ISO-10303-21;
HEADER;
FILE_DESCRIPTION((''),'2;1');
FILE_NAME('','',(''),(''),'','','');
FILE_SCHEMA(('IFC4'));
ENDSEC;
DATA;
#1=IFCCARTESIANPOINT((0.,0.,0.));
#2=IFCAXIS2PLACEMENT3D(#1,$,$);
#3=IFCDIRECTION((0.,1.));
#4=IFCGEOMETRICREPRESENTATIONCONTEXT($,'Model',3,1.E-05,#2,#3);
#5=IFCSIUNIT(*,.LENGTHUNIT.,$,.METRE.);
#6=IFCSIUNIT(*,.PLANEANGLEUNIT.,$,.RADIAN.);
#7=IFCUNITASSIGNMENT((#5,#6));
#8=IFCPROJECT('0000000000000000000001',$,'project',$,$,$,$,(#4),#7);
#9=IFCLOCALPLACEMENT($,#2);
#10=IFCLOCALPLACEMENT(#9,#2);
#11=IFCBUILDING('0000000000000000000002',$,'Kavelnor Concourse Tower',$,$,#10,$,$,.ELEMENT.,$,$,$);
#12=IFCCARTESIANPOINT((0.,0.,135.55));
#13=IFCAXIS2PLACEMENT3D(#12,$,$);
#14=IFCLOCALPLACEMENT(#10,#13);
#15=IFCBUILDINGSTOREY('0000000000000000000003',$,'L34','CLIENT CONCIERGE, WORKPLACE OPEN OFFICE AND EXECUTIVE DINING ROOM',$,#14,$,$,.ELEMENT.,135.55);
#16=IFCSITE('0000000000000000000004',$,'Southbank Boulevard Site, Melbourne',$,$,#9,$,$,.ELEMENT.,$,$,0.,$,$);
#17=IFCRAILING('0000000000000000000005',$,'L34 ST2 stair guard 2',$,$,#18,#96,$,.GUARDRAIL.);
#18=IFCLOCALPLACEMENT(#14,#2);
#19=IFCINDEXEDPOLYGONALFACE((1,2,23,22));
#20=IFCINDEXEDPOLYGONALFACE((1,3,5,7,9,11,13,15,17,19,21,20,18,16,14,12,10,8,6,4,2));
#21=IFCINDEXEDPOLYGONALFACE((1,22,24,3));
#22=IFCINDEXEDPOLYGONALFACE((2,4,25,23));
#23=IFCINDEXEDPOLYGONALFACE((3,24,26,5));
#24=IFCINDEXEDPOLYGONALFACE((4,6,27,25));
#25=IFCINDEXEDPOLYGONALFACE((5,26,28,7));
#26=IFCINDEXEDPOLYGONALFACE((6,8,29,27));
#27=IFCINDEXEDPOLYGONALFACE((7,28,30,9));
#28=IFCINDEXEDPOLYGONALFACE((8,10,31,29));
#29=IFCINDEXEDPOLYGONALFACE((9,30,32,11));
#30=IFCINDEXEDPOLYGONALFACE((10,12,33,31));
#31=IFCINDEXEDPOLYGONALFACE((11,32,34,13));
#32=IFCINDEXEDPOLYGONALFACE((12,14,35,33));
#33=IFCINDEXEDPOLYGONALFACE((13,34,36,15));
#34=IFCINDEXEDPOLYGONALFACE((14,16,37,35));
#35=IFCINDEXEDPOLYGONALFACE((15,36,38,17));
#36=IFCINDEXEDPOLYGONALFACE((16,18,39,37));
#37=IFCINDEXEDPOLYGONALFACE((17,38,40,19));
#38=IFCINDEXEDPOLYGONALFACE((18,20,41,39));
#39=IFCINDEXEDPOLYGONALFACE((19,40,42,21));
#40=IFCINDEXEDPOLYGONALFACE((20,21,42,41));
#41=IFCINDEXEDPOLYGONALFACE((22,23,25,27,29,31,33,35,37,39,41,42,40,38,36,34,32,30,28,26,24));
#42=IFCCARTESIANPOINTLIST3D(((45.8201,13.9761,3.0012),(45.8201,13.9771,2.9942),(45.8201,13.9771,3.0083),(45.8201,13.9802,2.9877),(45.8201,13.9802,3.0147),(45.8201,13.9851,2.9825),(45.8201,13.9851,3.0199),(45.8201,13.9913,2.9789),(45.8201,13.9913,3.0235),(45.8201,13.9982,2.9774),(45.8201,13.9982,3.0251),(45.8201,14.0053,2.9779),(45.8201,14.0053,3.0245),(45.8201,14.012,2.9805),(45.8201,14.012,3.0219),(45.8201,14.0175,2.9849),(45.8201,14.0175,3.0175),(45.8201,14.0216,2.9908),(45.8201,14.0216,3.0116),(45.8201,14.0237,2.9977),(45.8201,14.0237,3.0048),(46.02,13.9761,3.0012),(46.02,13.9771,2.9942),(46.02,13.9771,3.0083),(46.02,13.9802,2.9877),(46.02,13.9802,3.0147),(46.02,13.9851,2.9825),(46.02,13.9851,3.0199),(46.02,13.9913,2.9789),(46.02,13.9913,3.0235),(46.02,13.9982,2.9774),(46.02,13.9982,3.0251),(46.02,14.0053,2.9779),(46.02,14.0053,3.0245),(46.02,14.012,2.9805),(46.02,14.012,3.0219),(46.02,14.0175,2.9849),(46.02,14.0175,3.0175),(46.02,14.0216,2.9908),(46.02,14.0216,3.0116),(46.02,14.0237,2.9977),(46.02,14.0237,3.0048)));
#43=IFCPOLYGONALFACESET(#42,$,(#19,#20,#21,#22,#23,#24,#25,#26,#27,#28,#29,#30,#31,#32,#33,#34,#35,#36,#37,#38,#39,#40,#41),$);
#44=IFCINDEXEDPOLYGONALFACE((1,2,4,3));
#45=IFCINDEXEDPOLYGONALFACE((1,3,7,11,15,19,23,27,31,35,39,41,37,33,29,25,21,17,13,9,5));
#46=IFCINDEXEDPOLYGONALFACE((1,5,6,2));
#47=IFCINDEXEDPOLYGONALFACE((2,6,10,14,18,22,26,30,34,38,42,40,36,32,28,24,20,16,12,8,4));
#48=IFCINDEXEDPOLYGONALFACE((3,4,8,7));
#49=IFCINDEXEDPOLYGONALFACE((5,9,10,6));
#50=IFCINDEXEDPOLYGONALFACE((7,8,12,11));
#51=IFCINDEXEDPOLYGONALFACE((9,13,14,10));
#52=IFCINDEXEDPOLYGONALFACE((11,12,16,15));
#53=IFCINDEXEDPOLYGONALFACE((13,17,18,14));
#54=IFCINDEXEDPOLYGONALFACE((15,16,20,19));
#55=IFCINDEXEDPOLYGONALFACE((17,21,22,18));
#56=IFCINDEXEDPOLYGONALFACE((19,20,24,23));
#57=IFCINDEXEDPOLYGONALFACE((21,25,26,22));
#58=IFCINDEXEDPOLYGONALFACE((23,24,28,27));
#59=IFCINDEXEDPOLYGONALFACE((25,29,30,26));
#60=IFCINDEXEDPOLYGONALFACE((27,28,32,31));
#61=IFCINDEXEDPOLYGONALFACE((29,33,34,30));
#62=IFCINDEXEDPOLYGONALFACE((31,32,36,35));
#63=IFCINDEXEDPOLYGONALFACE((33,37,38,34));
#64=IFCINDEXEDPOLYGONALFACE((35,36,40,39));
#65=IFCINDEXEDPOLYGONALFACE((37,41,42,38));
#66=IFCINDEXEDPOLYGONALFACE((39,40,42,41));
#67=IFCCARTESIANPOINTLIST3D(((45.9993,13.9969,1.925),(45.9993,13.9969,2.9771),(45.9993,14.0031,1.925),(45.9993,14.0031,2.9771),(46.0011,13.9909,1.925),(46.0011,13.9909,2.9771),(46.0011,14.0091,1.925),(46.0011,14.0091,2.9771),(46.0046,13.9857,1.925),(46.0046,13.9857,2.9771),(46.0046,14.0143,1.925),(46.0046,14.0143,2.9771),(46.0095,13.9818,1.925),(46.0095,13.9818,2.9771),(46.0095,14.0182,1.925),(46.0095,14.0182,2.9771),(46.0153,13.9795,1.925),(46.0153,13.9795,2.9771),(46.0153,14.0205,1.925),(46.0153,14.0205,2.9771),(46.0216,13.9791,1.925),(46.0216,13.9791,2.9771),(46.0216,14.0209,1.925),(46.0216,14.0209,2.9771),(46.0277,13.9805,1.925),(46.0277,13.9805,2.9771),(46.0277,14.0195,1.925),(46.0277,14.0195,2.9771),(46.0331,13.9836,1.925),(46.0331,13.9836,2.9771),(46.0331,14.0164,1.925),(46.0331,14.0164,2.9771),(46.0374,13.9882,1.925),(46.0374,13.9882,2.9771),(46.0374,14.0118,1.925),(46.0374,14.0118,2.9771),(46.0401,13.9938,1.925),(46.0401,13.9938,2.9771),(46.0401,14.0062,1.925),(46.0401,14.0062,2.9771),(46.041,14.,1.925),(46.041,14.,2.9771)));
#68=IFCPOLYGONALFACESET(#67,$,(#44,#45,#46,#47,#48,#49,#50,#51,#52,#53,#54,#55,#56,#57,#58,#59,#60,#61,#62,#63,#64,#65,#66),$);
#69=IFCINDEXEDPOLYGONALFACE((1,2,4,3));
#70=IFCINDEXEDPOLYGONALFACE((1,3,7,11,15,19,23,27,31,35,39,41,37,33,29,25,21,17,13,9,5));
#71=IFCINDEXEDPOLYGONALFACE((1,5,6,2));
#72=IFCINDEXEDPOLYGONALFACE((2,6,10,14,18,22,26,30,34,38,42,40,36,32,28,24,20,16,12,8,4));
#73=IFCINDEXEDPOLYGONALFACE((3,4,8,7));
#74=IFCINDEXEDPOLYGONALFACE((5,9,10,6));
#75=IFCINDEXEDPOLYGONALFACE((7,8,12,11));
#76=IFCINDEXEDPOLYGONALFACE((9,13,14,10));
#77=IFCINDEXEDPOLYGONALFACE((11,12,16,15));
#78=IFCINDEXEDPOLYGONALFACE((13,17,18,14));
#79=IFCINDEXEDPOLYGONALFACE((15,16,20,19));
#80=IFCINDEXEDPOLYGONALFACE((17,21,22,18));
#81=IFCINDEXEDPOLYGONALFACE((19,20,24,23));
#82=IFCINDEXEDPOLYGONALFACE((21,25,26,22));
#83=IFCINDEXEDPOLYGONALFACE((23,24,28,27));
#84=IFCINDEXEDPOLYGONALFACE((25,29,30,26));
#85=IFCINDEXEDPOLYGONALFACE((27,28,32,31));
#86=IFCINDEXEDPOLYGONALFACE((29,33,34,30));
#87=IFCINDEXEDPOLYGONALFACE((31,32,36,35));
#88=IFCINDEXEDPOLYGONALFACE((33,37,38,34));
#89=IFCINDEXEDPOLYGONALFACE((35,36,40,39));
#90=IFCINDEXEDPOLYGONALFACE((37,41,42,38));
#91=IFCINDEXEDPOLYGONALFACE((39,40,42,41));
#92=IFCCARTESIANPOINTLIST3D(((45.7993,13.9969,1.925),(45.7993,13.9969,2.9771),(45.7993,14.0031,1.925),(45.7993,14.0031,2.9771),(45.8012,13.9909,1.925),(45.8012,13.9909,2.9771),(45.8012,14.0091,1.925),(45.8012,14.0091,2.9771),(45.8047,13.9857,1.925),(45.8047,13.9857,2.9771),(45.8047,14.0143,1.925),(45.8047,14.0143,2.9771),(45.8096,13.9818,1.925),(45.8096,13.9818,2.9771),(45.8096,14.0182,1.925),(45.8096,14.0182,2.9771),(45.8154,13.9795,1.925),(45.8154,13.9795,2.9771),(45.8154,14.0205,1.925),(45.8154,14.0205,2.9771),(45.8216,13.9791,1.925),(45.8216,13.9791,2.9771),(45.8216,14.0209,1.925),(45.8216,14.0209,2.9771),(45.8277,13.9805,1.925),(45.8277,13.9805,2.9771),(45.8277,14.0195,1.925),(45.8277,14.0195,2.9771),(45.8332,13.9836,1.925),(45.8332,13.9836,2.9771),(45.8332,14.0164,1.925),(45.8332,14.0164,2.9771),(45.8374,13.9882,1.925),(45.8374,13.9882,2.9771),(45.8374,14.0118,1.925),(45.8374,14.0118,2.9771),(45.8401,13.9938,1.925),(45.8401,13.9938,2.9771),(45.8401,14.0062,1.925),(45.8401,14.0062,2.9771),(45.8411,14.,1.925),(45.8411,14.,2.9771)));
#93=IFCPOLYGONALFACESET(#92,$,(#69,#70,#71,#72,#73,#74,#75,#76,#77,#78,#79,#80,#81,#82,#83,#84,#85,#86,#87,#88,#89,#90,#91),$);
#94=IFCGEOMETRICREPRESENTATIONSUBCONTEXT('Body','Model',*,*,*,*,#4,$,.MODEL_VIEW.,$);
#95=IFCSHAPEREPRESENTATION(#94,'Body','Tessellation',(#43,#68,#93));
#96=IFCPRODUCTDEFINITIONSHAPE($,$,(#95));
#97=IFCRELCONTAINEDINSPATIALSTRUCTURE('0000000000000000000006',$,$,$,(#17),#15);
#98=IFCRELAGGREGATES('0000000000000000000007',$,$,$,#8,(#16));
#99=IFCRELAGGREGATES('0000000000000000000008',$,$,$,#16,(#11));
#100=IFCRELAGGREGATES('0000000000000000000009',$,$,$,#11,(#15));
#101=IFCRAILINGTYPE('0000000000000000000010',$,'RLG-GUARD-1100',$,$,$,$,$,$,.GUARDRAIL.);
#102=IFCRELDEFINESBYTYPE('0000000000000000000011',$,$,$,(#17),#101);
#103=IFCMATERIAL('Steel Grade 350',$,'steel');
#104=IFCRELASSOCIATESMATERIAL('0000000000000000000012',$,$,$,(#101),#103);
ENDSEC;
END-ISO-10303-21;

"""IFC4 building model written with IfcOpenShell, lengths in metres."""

from ifc_helpers import new_model, si_unit, direction, frame, origin, origin_2d, place, context, subcontext, project, spatial, circle, extrude, material, type_object, element, save


model = new_model("IFC4")

# Units and contexts
model_context = context("Model", 3, precision=1e-05, world=origin(), true_north=direction((0.0, 1.0)))
body_context = subcontext(model_context, "Body", "Model", "MODEL_VIEW")
ifc_project = project(units=[si_unit("LENGTHUNIT", "METRE"), si_unit("PLANEANGLEUNIT", "RADIAN")], contexts=[model_context])

# Site, building, storey
site_placement = place(None, origin())
site = spatial("IfcSite", under=ifc_project, at=site_placement, Name="Southbank Boulevard Site, Melbourne", CompositionType="ELEMENT", RefElevation=0.0)
building_placement = place(site_placement, origin())
building = spatial("IfcBuilding", under=site, at=building_placement, Name="Kavelnor Concourse Tower", CompositionType="ELEMENT")
storey_placement = place(building_placement, frame((0.0, 0.0, 135.55)))
storey = spatial("IfcBuildingStorey", under=building, at=storey_placement, Name="L34", Description="CLIENT CONCIERGE, WORKPLACE OPEN OFFICE AND EXECUTIVE DINING ROOM", CompositionType="ELEMENT", Elevation=135.55)

# Shared definitions
ifc_material_1 = material(Name="Steel Grade 350", Category="steel")

# Railing
railing_type_1 = type_object("IfcRailingType", Name="RLG-GUARD-1100", PredefinedType="GUARDRAIL", material=ifc_material_1)
railing_1_placement = place(storey_placement, frame((46.02, 14.0, 1.925)))
element("IfcRailing", 1, at=railing_1_placement, inside=storey, type_object=railing_type_1, Name="L34 ST2 stair guard 2", PredefinedType="GUARDRAIL", context=body_context, shape_type="SweptSolid", body=[
    extrude(circle(Radius=0.0239, at=origin_2d()), frame((0.0, 0.0, 1.0762), z_axis=(-1.0, 0.0, 0.0), x_axis=(0.0, -1.0, 0.0)), (0.0, 0.0, 1.0), 0.2),
    extrude(circle(Radius=0.021, at=origin_2d()), origin(), (0.0, 0.0, 1.0), 1.052),
    extrude(circle(Radius=0.021, at=origin_2d()), frame((-0.2, 0.0, 0.0)), (0.0, 0.0, 1.0), 1.052),
])

save(model, "model.ifc")
